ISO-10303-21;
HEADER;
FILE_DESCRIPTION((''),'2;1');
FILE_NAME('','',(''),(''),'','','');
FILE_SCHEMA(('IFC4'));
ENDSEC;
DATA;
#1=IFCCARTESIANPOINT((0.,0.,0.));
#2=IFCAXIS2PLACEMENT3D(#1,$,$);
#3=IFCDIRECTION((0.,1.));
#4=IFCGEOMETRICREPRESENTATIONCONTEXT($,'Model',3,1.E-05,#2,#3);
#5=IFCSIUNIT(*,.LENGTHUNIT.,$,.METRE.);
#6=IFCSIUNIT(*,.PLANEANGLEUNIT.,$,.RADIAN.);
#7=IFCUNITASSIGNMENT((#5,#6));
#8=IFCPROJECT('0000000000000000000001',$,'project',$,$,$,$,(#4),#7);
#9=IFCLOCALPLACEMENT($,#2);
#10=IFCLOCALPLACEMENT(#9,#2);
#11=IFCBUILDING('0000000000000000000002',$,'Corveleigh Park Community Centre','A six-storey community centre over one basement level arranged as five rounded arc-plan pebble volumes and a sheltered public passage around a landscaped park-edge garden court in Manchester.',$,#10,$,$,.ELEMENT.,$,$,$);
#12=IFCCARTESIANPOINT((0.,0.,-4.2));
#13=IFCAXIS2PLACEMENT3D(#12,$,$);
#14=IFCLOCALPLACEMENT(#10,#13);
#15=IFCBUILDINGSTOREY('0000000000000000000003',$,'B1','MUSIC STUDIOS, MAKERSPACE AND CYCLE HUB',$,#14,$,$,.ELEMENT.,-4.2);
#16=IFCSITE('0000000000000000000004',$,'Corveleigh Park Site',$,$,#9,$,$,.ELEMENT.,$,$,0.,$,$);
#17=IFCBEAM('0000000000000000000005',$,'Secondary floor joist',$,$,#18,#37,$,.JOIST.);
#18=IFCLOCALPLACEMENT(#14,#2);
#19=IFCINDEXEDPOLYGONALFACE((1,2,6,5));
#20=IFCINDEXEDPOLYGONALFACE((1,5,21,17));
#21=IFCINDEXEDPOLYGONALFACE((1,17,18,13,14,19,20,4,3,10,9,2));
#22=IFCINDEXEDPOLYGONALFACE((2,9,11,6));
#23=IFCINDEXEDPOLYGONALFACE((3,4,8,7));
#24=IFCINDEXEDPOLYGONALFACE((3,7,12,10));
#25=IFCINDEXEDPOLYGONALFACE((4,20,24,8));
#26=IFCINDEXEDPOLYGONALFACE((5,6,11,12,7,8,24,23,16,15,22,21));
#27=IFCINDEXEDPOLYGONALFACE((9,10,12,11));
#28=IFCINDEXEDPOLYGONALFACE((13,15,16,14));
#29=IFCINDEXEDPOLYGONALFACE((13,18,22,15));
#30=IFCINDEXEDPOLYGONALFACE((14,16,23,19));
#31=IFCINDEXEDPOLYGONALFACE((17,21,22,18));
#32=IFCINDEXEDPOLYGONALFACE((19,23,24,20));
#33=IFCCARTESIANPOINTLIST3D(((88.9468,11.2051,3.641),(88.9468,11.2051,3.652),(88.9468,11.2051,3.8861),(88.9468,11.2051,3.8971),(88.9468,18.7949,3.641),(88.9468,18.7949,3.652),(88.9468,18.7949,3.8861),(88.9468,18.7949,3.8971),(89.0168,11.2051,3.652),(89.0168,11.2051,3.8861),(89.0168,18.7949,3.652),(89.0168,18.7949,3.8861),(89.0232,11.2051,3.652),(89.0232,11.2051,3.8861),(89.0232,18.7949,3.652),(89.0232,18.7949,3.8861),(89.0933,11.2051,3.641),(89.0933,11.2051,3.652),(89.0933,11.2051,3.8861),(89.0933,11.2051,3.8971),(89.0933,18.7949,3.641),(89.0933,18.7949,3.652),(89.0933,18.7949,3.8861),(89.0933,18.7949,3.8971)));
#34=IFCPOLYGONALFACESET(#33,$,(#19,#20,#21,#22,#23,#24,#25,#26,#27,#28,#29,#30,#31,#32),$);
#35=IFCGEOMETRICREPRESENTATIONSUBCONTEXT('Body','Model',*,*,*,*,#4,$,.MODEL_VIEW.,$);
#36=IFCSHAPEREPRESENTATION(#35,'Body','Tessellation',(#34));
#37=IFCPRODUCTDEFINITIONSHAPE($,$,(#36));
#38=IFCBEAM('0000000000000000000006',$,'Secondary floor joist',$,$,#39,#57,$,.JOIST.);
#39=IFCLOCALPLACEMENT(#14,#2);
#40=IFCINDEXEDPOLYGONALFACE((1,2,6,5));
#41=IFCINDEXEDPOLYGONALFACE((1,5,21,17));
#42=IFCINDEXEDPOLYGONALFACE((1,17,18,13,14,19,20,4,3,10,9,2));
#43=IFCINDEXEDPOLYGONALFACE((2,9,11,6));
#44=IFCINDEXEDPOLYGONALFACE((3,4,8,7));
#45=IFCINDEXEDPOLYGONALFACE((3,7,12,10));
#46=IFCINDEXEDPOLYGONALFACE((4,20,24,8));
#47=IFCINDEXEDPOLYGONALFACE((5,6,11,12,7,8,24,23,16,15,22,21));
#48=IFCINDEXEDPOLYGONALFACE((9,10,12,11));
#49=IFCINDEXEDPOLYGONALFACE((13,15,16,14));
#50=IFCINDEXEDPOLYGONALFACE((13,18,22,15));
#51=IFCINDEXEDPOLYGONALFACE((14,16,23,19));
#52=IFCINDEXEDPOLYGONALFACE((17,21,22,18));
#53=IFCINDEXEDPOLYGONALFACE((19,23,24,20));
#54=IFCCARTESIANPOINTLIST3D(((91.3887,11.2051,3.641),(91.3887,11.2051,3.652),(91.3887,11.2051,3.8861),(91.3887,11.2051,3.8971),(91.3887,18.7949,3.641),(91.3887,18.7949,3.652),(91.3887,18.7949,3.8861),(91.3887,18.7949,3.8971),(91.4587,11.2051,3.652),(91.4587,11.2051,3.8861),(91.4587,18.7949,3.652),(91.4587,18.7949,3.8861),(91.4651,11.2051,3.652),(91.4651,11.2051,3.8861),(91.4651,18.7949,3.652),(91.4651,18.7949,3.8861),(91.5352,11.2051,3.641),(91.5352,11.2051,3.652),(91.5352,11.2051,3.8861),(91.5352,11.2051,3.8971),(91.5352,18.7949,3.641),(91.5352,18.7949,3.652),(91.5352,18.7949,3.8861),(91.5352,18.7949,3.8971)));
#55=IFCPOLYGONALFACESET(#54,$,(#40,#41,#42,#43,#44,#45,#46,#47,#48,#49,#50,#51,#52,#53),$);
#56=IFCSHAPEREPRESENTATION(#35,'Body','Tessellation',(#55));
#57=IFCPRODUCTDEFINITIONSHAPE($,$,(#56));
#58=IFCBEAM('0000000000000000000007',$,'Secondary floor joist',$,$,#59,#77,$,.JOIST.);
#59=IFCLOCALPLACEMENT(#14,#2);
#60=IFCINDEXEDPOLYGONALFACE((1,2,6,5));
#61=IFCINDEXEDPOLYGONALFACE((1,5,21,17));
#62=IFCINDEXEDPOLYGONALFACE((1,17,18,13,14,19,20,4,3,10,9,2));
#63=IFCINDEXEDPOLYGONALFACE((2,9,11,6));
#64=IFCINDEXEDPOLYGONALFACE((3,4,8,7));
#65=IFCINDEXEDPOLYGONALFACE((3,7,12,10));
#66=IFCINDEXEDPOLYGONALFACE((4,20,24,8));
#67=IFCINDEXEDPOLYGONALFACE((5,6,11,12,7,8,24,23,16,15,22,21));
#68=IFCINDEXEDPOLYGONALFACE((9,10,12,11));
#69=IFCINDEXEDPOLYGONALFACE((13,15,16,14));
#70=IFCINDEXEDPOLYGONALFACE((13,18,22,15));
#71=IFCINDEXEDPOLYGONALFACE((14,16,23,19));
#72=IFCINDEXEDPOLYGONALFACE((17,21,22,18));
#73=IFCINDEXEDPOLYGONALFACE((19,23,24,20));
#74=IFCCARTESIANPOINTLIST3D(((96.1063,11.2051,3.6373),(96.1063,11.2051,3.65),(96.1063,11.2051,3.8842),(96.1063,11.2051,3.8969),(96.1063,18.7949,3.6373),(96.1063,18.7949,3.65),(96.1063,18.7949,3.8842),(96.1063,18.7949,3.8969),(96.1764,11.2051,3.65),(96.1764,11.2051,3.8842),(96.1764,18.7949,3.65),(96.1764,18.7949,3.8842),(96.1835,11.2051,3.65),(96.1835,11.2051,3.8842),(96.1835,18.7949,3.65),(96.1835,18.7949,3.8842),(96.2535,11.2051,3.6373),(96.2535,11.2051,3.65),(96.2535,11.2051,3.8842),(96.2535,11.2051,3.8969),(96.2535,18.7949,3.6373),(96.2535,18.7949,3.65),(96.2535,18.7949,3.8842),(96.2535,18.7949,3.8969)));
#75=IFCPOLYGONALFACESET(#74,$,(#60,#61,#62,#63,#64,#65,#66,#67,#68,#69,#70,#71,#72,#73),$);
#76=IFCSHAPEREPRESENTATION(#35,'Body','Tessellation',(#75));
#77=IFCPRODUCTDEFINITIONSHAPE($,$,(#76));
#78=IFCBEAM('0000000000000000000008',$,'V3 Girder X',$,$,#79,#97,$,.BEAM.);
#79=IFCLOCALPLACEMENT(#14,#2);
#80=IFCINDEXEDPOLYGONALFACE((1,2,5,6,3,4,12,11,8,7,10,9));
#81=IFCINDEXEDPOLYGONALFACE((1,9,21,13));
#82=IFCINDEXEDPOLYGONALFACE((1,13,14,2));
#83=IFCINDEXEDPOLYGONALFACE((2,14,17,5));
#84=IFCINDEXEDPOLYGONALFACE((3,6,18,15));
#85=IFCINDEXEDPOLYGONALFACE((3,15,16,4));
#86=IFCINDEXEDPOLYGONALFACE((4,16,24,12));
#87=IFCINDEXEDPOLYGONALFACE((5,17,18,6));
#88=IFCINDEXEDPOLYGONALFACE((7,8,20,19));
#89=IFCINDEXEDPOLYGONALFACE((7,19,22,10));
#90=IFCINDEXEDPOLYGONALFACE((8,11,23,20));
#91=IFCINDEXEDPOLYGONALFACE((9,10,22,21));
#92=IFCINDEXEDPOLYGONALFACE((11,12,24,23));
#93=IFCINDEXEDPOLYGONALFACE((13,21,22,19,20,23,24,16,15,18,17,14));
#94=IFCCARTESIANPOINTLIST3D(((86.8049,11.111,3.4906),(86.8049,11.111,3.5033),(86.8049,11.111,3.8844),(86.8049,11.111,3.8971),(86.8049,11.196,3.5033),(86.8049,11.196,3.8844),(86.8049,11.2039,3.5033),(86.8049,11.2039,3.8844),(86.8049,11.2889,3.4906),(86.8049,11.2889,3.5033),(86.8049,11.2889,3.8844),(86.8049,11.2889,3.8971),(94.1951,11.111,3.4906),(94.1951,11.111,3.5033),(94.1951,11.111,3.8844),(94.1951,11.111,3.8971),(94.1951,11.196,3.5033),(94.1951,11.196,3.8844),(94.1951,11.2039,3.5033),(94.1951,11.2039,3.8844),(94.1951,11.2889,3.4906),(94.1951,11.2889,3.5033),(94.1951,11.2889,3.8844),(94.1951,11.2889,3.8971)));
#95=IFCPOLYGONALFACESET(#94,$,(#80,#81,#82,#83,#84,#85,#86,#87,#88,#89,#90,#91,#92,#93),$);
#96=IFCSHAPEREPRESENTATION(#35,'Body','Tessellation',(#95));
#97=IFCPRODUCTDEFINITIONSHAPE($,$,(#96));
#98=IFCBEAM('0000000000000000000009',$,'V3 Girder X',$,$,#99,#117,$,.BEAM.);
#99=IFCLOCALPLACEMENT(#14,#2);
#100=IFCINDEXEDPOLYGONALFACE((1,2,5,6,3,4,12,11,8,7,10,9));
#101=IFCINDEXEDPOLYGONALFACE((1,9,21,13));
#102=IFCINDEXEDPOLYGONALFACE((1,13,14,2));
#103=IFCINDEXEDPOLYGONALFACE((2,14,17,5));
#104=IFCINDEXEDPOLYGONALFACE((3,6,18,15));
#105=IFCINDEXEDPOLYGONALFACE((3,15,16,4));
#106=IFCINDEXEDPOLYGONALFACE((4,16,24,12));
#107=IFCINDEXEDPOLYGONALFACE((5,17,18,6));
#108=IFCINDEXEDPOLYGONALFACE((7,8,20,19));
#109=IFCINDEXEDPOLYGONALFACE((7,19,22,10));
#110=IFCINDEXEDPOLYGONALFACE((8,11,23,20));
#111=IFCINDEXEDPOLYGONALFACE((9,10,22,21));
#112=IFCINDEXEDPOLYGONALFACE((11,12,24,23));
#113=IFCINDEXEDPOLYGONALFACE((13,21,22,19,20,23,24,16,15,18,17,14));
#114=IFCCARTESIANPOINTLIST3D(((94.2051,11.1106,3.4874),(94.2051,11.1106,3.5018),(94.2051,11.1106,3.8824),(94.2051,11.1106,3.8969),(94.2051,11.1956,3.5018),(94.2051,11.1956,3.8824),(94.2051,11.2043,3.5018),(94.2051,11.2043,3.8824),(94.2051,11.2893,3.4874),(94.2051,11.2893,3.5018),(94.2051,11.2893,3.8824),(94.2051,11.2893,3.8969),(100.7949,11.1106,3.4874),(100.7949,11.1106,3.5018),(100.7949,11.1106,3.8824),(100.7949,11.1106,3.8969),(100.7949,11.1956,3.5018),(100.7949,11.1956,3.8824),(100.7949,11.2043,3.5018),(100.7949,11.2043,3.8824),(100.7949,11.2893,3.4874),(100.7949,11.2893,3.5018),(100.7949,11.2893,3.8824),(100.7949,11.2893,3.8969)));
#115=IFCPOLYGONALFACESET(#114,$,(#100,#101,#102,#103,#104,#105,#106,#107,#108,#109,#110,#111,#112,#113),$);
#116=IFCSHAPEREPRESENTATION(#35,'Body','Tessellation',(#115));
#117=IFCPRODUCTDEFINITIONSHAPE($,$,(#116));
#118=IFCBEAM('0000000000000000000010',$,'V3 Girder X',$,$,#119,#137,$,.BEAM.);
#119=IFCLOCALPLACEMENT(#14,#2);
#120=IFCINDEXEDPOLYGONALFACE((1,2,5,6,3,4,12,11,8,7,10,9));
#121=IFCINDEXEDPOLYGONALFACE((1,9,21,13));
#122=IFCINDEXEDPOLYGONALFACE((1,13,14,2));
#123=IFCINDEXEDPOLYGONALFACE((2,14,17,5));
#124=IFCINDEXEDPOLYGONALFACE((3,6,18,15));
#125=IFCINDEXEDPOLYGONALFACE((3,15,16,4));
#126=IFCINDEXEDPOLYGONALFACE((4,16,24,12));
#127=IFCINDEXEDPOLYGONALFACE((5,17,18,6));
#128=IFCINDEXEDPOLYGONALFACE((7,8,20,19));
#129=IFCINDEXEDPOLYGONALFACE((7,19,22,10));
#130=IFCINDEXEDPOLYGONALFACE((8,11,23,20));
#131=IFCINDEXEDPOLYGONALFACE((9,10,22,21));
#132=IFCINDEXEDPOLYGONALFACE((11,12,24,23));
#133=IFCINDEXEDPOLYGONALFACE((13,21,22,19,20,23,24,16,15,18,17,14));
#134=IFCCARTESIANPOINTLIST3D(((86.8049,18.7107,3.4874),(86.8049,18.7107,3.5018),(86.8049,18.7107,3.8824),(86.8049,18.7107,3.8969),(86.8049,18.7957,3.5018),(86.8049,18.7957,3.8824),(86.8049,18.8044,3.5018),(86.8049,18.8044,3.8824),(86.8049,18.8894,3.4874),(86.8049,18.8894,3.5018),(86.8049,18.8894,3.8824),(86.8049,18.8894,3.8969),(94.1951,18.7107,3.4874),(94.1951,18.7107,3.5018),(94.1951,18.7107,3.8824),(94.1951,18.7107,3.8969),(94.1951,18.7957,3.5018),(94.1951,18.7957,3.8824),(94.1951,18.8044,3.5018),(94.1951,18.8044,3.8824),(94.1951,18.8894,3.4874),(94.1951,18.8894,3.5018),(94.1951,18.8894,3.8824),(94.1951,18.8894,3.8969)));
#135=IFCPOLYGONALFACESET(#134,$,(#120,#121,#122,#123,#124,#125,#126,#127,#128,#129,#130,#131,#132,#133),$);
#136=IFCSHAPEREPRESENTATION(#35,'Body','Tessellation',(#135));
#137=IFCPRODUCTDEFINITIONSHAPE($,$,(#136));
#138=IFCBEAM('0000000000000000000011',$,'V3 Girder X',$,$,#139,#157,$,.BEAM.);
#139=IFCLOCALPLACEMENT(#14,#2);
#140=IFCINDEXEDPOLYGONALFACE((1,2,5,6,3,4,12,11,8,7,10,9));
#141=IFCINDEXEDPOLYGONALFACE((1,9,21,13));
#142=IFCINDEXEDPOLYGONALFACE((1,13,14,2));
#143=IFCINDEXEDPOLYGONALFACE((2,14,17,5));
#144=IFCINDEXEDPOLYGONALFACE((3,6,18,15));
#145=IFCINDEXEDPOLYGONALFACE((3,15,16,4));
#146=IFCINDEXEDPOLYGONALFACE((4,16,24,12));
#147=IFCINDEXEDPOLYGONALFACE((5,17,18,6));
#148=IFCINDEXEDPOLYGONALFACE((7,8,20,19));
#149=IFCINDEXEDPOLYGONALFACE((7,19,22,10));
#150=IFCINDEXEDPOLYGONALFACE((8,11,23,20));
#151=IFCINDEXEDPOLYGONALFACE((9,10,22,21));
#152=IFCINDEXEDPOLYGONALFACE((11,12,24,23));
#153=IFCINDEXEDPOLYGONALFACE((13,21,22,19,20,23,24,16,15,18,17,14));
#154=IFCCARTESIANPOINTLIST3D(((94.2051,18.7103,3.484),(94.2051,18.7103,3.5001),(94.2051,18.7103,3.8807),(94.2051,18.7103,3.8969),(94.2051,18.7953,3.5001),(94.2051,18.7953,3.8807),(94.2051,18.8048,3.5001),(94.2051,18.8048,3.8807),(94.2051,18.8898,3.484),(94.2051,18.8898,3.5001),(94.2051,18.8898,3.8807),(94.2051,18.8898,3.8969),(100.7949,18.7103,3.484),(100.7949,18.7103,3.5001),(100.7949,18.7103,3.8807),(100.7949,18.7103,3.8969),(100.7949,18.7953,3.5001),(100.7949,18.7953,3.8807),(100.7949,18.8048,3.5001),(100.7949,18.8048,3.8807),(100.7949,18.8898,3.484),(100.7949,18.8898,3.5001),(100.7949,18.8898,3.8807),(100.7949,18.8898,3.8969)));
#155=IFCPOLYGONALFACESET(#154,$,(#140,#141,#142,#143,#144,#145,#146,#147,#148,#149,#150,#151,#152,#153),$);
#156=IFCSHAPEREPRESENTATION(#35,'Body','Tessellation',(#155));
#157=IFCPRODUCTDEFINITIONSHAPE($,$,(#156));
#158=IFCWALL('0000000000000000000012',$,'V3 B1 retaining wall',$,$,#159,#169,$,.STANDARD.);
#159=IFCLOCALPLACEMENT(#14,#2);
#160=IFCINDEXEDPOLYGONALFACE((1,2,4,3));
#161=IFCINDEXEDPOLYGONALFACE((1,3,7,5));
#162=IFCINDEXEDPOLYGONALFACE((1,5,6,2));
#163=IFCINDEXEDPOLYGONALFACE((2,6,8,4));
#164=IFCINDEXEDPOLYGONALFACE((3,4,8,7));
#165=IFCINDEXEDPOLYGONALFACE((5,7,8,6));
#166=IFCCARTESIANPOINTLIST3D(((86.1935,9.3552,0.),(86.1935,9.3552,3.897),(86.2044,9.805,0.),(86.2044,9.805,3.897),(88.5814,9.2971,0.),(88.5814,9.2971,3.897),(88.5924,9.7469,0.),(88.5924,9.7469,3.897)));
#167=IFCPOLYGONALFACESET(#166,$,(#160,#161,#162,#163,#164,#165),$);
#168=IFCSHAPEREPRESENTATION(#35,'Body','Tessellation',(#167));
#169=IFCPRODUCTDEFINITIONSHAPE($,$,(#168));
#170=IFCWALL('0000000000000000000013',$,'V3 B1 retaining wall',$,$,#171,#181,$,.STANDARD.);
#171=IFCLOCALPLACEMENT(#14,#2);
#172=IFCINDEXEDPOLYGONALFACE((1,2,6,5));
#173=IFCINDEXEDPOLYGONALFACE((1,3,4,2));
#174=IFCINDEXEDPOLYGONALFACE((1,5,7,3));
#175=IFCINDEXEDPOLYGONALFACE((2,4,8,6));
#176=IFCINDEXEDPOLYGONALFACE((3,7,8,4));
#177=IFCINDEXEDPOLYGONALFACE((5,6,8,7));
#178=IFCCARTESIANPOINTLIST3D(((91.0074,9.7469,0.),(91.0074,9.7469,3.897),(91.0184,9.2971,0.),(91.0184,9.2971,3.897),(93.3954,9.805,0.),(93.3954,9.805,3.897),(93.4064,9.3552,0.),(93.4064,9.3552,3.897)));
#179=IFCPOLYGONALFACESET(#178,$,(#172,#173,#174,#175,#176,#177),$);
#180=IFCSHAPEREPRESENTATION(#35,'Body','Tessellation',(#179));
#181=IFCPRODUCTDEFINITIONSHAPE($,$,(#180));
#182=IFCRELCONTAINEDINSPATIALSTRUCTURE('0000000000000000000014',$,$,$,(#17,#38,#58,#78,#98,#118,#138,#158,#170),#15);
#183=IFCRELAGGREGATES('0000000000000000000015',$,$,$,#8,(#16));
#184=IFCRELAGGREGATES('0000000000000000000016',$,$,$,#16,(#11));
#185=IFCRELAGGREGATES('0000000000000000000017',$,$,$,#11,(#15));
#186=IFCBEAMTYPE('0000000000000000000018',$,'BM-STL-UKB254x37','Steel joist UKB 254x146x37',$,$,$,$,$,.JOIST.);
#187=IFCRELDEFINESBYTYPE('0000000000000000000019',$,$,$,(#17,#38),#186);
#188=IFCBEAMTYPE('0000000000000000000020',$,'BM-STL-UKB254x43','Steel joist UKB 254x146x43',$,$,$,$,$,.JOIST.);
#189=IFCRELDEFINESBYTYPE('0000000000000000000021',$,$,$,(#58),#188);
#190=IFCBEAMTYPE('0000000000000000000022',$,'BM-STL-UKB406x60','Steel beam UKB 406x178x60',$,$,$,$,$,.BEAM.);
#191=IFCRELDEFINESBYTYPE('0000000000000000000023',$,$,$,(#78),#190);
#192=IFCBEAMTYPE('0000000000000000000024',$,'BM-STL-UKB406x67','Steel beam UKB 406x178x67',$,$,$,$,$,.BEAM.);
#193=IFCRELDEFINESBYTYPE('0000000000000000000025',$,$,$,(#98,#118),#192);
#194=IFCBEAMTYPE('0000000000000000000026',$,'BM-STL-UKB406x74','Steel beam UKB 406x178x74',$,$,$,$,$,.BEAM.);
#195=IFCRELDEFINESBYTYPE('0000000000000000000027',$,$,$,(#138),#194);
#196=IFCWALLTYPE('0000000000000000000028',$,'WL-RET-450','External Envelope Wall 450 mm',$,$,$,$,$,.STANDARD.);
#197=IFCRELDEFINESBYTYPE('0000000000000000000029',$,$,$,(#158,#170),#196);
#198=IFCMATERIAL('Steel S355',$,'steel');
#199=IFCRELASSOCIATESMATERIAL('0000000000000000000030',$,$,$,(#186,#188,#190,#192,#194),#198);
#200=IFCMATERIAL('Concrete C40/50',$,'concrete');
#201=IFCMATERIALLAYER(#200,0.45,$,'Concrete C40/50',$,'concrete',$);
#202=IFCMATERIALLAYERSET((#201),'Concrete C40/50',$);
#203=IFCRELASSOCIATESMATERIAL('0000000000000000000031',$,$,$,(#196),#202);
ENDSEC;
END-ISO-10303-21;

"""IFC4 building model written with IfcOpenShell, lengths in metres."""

from ifc_helpers import new_model, si_unit, direction, frame, frame_2d, origin, origin_2d, place, context, subcontext, project, spatial, rectangle, i_section, extrude, material, layer, layer_set, material_profile, profile_set, type_object, element, save


model = new_model("IFC4")

# Units and contexts
model_context = context("Model", 3, precision=1e-05, world=origin(), true_north=direction((0.0, 1.0)))
body_context = subcontext(model_context, "Body", "Model", "MODEL_VIEW")
ifc_project = project(units=[si_unit("LENGTHUNIT", "METRE"), si_unit("PLANEANGLEUNIT", "RADIAN")], contexts=[model_context])

# Site, building, storey
site_placement = place(None, origin())
site = spatial("IfcSite", under=ifc_project, at=site_placement, Name="Corveleigh Park Site", CompositionType="ELEMENT", RefElevation=0.0)
building_placement = place(site_placement, origin())
building = spatial("IfcBuilding", under=site, at=building_placement, Name="Corveleigh Park Community Centre", Description="A six-storey community centre over one basement level arranged as five rounded arc-plan pebble volumes and a sheltered public passage around a landscaped park-edge garden court in Manchester.", CompositionType="ELEMENT")
storey_placement = place(building_placement, frame((0.0, 0.0, -4.2)))
storey = spatial("IfcBuildingStorey", under=building, at=storey_placement, Name="B1", Description="MUSIC STUDIOS, MAKERSPACE AND CYCLE HUB", CompositionType="ELEMENT", Elevation=-4.2)

# Shared definitions
ifc_material_1 = material(Name="Concrete C40/50", Category="concrete")

# Beams
ifc_material_2 = material(Name="Steel S355", Category="steel")
ifc_material_profile_1 = material_profile(ifc_material_2, i_section(OverallWidth=0.1465, OverallDepth=0.2561, WebThickness=0.0063, FlangeThickness=0.011, at=origin_2d()), Name="UKB 254x146x37", Category="steel")
ifc_profile_set_1 = profile_set([ifc_material_profile_1], Name="Steel S355")
beam_type_1 = type_object("IfcBeamType", Name="BM-STL-UKB254x37", Description="Steel joist UKB 254x146x37", PredefinedType="JOIST", material=ifc_profile_set_1)
for number, where, z_axis, x_axis, name in (
    (1, (89.02, 11.2051, 3.769), (0.0, 1.0, 0.0), (-1.0, 0.0, 0.0), "Secondary floor joist"),
    (2, (91.4619, 11.2051, 3.769), (0.0, 1.0, 0.0), (-1.0, 0.0, 0.0), "Secondary floor joist"),
):
    element("IfcBeam", number, at=place(storey_placement, frame(where, z_axis=z_axis, x_axis=x_axis)), inside=storey, type_object=beam_type_1, Name=name, PredefinedType="JOIST", context=body_context, shape_type="SweptSolid", body=[
        extrude(i_section(OverallWidth=0.1465, OverallDepth=0.2561, WebThickness=0.0063, FlangeThickness=0.011, at=origin_2d()), origin(), (0.0, 0.0, 1.0), 7.5898),
    ])
ifc_material_profile_2 = material_profile(ifc_material_2, i_section(OverallWidth=0.1472, OverallDepth=0.2595, WebThickness=0.0071, FlangeThickness=0.0127, at=origin_2d()), Name="UKB 254x146x43", Category="steel")
ifc_profile_set_2 = profile_set([ifc_material_profile_2], Name="Steel S355")
beam_type_2 = type_object("IfcBeamType", Name="BM-STL-UKB254x43", Description="Steel joist UKB 254x146x43", PredefinedType="JOIST", material=ifc_profile_set_2)
beam_1_placement = place(storey_placement, frame((96.1799, 11.2051, 3.7671), z_axis=(0.0, 1.0, 0.0), x_axis=(-1.0, 0.0, 0.0)))
element("IfcBeam", 3, at=beam_1_placement, inside=storey, type_object=beam_type_2, Name="Secondary floor joist", PredefinedType="JOIST", context=body_context, shape_type="SweptSolid", body=[
    extrude(i_section(OverallWidth=0.1472, OverallDepth=0.2595, WebThickness=0.0071, FlangeThickness=0.0127, at=origin_2d()), origin(), (0.0, 0.0, 1.0), 7.5898),
])
ifc_material_profile_3 = material_profile(ifc_material_2, i_section(OverallWidth=0.178, OverallDepth=0.4065, WebThickness=0.0078, FlangeThickness=0.0127, at=origin_2d()), Name="UKB 406x178x60", Category="steel")
ifc_profile_set_3 = profile_set([ifc_material_profile_3], Name="Steel S355")
beam_type_3 = type_object("IfcBeamType", Name="BM-STL-UKB406x60", Description="Steel beam UKB 406x178x60", PredefinedType="BEAM", material=ifc_profile_set_3)
beam_2_placement = place(storey_placement, frame((86.8049, 11.2, 3.6938), z_axis=(1.0, 0.0, 0.0), x_axis=(0.0, 1.0, 0.0)))
element("IfcBeam", 4, at=beam_2_placement, inside=storey, type_object=beam_type_3, Name="V3 Girder X", PredefinedType="BEAM", context=body_context, shape_type="SweptSolid", body=[
    extrude(i_section(OverallWidth=0.178, OverallDepth=0.4065, WebThickness=0.0078, FlangeThickness=0.0127, at=origin_2d()), origin(), (0.0, 0.0, 1.0), 7.3901),
])
ifc_material_profile_4 = material_profile(ifc_material_2, i_section(OverallWidth=0.1787, OverallDepth=0.4094, WebThickness=0.0088, FlangeThickness=0.0144, at=origin_2d()), Name="UKB 406x178x67", Category="steel")
ifc_profile_set_4 = profile_set([ifc_material_profile_4], Name="Steel S355")
beam_type_4 = type_object("IfcBeamType", Name="BM-STL-UKB406x67", Description="Steel beam UKB 406x178x67", PredefinedType="BEAM", material=ifc_profile_set_4)
beam_3_placement = place(storey_placement, frame((94.2051, 11.2, 3.6921), z_axis=(1.0, 0.0, 0.0), x_axis=(0.0, 1.0, 0.0)))
element("IfcBeam", 5, at=beam_3_placement, inside=storey, type_object=beam_type_4, Name="V3 Girder X", PredefinedType="BEAM", context=body_context, shape_type="SweptSolid", body=[
    extrude(i_section(OverallWidth=0.1787, OverallDepth=0.4094, WebThickness=0.0088, FlangeThickness=0.0144, at=origin_2d()), origin(), (0.0, 0.0, 1.0), 6.5898),
])
beam_4_placement = place(storey_placement, frame((86.8049, 18.8, 3.6921), z_axis=(1.0, 0.0, 0.0), x_axis=(0.0, 1.0, 0.0)))
element("IfcBeam", 6, at=beam_4_placement, inside=storey, type_object=beam_type_4, Name="V3 Girder X", PredefinedType="BEAM", context=body_context, shape_type="SweptSolid", body=[
    extrude(i_section(OverallWidth=0.1787, OverallDepth=0.4094, WebThickness=0.0088, FlangeThickness=0.0144, at=origin_2d()), origin(), (0.0, 0.0, 1.0), 7.3901),
])
ifc_material_profile_5 = material_profile(ifc_material_2, i_section(OverallWidth=0.1794, OverallDepth=0.4128, WebThickness=0.0095, FlangeThickness=0.0161, at=origin_2d()), Name="UKB 406x178x74", Category="steel")
ifc_profile_set_5 = profile_set([ifc_material_profile_5], Name="Steel S355")
beam_type_5 = type_object("IfcBeamType", Name="BM-STL-UKB406x74", Description="Steel beam UKB 406x178x74", PredefinedType="BEAM", material=ifc_profile_set_5)
beam_5_placement = place(storey_placement, frame((94.2051, 18.8, 3.6904), z_axis=(1.0, 0.0, 0.0), x_axis=(0.0, 1.0, 0.0)))
element("IfcBeam", 7, at=beam_5_placement, inside=storey, type_object=beam_type_5, Name="V3 Girder X", PredefinedType="BEAM", context=body_context, shape_type="SweptSolid", body=[
    extrude(i_section(OverallWidth=0.1794, OverallDepth=0.4128, WebThickness=0.0095, FlangeThickness=0.0161, at=origin_2d()), origin(), (0.0, 0.0, 1.0), 6.5898),
])

# Walls
ifc_layer_1 = layer(ifc_material_1, 0.45, Name="Concrete C40/50", Category="concrete")
ifc_layer_set_1 = layer_set([ifc_layer_1], Name="Concrete C40/50")
wall_type_1 = type_object("IfcWallType", Name="WL-RET-450", Description="External Envelope Wall 450 mm", PredefinedType="STANDARD", material=ifc_layer_set_1)
for number, where, z_axis, x_axis, name in (
    (8, (88.5869, 9.522, 0.0), (0.0, 0.0, 1.0), (-0.999704, 0.024326, 0.0), "V3 B1 retaining wall"),
    (9, (93.4009, 9.5801, 0.0), (0.0, 0.0, 1.0), (-0.999704, -0.024326, 0.0), "V3 B1 retaining wall"),
):
    element("IfcWall", number, at=place(storey_placement, frame(where, z_axis=z_axis, x_axis=x_axis)), inside=storey, type_object=wall_type_1, Name=name, PredefinedType="STANDARD", context=body_context, shape_type="SweptSolid", body=[
        extrude(rectangle(XDim=2.3887, YDim=0.45, at=frame_2d((1.1943, 0.0))), origin(), (0.0, 0.0, 1.0), 3.897),
    ])

save(model, "model.ifc")
